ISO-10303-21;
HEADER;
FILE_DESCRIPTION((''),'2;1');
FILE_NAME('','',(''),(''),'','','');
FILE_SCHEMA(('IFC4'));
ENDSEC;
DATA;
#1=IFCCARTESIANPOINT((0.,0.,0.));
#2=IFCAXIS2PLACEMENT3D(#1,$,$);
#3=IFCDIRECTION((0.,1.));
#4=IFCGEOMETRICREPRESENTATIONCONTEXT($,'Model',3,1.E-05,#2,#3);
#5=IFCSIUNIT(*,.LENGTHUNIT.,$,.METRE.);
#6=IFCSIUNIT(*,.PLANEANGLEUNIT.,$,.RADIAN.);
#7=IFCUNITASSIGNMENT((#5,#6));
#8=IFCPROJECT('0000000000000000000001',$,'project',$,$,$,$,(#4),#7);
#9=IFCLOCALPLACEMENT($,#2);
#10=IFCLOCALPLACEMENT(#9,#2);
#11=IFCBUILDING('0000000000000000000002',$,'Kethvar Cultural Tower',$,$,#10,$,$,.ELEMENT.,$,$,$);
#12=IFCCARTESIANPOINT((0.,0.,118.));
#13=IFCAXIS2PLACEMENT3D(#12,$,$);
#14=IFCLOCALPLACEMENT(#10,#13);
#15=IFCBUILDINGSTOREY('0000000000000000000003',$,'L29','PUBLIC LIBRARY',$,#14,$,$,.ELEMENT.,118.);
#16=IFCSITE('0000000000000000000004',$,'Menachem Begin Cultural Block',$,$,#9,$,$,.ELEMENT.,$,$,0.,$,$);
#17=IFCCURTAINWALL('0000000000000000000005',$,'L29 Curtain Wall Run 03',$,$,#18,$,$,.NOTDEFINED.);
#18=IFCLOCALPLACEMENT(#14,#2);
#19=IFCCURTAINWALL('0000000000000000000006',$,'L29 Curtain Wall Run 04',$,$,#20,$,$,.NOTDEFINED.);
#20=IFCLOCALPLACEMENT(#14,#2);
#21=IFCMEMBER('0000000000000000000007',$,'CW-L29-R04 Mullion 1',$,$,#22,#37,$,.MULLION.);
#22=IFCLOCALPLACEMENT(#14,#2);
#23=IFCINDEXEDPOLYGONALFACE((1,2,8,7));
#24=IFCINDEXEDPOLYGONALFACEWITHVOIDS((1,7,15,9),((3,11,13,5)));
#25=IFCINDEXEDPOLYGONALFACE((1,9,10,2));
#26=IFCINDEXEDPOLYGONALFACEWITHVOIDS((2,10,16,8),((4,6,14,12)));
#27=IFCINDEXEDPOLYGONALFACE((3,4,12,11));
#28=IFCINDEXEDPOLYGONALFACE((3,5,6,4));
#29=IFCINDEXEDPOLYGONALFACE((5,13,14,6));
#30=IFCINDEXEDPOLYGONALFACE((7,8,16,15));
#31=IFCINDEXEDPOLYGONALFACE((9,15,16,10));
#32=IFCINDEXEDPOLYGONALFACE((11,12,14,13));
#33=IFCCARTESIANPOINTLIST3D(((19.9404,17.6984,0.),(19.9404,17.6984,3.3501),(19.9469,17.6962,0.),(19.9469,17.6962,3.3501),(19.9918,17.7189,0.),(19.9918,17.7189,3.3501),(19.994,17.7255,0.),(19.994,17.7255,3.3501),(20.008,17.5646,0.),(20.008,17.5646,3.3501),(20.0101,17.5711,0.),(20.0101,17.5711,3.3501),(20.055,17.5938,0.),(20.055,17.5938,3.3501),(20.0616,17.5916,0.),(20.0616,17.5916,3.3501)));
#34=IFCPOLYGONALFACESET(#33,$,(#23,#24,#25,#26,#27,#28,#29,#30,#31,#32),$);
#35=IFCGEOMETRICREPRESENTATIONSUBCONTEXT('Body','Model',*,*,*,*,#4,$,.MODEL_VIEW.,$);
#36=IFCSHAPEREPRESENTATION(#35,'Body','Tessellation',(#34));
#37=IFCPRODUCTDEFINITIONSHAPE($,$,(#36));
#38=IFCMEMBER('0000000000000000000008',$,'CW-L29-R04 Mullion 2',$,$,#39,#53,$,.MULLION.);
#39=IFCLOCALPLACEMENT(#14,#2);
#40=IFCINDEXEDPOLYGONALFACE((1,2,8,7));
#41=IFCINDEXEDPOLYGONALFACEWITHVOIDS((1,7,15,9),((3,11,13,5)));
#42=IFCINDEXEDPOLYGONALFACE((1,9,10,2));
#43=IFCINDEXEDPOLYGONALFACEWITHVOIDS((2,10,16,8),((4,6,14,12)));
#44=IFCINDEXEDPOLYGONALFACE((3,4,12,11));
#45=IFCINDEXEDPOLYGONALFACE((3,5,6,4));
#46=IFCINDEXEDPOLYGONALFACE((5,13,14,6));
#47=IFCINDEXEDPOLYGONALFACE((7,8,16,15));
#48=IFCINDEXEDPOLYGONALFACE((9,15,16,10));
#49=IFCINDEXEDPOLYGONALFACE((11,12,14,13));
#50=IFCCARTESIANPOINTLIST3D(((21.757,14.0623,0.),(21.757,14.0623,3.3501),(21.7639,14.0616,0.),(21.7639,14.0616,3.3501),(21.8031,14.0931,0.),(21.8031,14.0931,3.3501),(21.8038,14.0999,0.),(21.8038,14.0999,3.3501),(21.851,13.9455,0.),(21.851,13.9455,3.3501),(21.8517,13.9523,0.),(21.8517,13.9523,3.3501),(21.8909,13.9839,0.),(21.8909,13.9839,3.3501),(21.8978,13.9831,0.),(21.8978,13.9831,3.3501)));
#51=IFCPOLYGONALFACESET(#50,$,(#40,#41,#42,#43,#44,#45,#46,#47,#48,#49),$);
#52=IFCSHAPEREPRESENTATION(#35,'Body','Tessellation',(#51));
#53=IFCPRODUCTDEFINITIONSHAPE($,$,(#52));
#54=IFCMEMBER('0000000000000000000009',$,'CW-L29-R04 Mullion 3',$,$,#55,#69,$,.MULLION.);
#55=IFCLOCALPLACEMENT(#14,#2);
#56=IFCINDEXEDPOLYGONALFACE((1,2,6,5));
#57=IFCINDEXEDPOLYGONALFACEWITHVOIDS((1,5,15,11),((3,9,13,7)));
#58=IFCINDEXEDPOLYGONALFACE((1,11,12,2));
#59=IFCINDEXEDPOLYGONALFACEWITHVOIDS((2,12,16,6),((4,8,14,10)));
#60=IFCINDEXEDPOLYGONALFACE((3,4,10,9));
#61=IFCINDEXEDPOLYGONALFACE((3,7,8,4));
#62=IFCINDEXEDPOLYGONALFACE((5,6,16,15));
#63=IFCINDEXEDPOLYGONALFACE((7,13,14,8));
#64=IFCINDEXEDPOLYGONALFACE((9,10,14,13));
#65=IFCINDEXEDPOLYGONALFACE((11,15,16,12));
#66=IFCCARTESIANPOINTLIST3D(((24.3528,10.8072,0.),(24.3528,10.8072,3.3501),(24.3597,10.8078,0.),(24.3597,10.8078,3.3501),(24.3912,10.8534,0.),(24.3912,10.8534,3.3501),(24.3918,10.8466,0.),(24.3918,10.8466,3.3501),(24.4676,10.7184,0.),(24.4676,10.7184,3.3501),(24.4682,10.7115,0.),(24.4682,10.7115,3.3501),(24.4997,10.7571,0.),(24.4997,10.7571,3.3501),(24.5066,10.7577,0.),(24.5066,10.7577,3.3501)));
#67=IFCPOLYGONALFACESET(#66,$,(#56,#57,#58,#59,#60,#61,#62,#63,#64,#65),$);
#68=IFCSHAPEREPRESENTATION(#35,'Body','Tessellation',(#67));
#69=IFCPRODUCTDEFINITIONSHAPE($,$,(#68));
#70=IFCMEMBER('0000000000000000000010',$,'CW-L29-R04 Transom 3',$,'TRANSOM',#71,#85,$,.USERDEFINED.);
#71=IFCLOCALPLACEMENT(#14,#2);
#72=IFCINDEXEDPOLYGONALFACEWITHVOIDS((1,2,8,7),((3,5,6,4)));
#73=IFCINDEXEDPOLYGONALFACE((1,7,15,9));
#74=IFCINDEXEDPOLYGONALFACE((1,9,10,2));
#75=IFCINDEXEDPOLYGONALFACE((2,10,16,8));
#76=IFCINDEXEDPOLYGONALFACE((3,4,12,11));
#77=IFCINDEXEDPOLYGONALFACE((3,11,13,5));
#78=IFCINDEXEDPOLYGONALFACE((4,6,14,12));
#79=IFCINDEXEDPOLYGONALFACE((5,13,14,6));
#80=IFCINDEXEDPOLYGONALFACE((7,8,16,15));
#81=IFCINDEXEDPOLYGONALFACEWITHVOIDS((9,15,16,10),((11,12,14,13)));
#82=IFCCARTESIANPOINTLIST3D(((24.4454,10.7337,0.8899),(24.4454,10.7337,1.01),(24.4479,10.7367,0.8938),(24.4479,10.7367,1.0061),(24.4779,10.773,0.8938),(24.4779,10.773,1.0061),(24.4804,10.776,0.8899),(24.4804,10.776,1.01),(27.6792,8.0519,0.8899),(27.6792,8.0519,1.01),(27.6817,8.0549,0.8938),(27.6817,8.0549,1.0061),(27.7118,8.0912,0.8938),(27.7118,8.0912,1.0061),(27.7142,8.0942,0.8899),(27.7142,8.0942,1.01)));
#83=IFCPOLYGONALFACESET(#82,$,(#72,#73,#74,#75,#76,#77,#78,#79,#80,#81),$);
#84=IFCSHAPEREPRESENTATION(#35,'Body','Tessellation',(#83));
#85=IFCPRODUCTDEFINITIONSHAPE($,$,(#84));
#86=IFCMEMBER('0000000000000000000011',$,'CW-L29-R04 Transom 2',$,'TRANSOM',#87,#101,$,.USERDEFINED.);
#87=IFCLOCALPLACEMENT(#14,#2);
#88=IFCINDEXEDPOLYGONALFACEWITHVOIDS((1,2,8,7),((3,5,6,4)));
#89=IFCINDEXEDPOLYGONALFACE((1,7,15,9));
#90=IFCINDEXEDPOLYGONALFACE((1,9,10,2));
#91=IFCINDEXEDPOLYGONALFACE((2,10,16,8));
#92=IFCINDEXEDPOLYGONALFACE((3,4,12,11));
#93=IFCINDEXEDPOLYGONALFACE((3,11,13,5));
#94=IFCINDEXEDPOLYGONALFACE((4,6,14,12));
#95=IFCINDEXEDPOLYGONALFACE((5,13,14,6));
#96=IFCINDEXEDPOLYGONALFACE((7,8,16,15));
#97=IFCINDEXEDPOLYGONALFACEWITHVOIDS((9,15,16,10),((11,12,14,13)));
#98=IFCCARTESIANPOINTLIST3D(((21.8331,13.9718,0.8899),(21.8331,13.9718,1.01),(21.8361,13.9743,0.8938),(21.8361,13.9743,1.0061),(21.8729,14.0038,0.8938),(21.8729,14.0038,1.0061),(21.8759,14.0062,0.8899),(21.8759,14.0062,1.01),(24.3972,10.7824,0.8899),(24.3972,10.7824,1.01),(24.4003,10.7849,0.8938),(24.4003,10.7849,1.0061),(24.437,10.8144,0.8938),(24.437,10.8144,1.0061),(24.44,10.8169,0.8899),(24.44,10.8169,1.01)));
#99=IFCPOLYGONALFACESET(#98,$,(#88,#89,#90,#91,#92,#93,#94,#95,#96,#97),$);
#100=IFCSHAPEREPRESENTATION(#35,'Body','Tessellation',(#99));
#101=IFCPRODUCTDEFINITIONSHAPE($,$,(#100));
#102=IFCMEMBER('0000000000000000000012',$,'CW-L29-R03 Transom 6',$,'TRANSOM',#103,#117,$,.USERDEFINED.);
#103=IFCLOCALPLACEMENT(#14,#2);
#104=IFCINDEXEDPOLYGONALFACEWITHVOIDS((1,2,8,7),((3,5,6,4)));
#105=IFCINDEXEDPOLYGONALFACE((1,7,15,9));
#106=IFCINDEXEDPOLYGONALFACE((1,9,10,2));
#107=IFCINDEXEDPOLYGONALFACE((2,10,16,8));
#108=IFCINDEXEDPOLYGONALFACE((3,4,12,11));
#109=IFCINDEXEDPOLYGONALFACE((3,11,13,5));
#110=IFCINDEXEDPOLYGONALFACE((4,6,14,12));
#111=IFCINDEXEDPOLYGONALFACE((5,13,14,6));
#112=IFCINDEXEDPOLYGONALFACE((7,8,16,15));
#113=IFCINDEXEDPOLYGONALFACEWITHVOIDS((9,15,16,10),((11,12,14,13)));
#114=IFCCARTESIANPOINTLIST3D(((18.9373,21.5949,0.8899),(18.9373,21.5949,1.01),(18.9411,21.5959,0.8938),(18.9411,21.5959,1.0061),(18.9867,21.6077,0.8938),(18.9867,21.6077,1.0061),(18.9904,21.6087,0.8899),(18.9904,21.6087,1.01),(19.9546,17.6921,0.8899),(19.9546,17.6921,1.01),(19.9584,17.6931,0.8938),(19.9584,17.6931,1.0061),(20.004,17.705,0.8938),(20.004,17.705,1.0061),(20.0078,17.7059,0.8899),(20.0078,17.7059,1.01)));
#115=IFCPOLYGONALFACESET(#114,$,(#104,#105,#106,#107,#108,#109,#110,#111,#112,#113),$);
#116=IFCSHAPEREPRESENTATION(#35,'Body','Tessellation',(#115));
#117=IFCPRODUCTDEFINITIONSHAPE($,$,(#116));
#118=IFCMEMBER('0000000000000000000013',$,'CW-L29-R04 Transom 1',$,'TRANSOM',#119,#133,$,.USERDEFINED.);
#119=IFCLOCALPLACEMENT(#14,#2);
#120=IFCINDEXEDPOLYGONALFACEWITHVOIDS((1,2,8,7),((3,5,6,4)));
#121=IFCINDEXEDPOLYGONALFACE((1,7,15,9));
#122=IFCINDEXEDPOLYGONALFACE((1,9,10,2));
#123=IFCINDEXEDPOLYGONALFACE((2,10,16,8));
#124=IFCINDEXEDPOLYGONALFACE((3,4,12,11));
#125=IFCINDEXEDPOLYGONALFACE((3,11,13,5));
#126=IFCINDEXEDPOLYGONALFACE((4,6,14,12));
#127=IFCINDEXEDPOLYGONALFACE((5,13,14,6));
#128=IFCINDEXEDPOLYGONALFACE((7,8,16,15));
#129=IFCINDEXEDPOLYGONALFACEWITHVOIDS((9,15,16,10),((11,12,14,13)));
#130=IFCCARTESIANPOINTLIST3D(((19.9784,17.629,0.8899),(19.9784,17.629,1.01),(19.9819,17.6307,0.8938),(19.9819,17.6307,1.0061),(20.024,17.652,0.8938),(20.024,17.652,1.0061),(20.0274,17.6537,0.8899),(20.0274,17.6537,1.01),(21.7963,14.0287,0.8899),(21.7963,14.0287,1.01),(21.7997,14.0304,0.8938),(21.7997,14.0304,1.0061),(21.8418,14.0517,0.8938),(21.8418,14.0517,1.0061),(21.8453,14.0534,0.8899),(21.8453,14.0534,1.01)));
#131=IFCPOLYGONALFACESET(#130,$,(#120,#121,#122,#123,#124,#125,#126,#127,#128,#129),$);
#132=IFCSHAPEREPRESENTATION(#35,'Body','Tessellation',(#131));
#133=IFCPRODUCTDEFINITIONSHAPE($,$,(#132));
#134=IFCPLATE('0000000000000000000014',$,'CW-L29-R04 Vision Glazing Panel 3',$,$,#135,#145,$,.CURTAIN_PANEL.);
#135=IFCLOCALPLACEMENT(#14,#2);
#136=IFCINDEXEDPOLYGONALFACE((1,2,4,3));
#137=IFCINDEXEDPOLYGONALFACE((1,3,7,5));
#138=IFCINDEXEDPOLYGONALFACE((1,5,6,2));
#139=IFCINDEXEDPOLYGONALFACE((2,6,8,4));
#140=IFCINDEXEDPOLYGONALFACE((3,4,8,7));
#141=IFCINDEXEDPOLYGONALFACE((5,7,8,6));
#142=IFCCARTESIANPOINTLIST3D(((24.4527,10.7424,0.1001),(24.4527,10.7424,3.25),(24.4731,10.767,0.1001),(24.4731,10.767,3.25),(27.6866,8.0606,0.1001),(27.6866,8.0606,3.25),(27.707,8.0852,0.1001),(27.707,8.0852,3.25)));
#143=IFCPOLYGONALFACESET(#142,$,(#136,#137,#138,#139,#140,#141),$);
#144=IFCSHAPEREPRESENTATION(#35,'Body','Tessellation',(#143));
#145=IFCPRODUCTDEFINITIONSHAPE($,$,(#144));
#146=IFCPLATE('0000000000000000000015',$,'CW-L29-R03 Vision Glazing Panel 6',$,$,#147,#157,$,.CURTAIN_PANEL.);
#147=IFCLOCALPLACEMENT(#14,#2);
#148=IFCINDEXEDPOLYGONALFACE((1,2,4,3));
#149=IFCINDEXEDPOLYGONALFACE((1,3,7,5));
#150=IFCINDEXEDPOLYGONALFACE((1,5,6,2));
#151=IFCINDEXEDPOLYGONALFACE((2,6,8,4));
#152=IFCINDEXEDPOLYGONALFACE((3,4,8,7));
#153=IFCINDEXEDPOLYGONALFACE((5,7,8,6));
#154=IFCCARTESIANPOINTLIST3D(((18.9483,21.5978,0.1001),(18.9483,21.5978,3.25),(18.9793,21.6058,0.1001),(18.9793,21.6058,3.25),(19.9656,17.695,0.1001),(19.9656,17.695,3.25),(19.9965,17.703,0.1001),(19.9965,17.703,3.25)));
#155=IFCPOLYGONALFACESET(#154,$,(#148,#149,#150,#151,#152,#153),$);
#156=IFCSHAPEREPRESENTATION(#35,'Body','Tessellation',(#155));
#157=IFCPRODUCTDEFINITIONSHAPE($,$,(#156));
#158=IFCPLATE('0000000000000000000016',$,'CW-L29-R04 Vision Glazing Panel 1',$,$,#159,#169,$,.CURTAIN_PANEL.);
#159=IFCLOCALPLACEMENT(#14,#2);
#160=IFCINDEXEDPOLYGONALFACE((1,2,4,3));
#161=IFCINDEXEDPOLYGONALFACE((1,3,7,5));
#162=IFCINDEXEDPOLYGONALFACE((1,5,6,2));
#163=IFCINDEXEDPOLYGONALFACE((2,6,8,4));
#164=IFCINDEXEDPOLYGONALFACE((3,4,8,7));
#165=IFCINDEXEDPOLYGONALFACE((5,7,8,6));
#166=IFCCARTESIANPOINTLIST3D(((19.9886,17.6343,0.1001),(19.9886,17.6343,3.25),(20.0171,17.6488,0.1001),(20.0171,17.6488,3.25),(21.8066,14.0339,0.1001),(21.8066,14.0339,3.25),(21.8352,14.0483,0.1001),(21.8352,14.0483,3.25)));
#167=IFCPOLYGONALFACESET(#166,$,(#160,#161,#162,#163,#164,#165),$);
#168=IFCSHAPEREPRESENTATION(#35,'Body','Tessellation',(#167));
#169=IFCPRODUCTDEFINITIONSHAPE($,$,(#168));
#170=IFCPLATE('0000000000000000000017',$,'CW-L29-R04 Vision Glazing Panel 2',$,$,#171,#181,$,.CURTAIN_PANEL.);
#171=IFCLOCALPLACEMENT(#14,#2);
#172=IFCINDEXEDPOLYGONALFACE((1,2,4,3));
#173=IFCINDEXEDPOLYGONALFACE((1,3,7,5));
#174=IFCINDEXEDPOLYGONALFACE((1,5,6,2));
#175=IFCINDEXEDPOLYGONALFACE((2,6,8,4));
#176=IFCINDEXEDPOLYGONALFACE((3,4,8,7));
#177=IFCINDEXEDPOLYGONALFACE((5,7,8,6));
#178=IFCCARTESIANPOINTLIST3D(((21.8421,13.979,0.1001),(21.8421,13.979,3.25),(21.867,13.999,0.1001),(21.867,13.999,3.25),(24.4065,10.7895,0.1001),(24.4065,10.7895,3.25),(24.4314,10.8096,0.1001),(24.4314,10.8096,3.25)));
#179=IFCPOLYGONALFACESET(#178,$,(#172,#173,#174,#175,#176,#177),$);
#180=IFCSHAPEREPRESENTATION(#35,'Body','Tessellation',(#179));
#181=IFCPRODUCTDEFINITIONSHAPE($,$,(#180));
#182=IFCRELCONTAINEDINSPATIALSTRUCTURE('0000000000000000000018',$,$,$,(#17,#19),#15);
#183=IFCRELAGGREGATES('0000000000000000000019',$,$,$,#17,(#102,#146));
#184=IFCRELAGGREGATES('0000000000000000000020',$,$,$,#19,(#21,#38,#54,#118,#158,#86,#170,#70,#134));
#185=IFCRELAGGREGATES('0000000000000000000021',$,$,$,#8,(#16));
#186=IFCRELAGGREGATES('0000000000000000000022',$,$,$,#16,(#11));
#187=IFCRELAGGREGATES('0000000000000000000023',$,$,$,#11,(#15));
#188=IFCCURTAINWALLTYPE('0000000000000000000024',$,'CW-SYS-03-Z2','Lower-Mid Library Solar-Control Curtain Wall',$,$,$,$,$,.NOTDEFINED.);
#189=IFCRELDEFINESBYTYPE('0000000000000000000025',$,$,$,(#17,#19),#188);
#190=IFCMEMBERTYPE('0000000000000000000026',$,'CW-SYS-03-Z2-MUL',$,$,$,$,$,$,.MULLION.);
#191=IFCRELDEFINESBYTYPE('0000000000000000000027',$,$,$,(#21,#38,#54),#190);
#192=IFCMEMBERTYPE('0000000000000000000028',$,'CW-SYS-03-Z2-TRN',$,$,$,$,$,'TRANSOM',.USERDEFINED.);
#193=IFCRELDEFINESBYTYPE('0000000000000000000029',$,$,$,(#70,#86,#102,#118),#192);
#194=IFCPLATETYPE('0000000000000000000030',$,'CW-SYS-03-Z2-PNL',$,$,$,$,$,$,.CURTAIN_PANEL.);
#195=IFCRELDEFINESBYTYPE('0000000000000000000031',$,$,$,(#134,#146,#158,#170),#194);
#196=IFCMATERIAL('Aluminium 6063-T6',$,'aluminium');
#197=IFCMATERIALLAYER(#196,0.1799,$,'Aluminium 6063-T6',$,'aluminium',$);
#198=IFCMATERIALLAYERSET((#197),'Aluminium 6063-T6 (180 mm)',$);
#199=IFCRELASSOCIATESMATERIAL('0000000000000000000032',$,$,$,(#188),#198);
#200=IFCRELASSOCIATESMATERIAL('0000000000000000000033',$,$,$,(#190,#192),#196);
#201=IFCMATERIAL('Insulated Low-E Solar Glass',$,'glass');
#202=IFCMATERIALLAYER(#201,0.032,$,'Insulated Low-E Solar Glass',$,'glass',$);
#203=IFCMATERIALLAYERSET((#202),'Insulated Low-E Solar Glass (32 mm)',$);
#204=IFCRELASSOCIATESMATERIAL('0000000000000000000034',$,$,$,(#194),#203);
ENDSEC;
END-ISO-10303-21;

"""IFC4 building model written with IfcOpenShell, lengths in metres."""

from ifc_helpers import new_model, si_unit, direction, frame, origin, origin_2d, place, context, subcontext, project, spatial, rectangle, hollow_rectangle, extrude, source, transform, mapped, material, layer, layer_set, material_profile, profile_set, type_object, element, aggregate, save


model = new_model("IFC4")

# Units and contexts
model_context = context("Model", 3, precision=1e-05, world=origin(), true_north=direction((0.0, 1.0)))
body_context = subcontext(model_context, "Body", "Model", "MODEL_VIEW")
ifc_project = project(units=[si_unit("LENGTHUNIT", "METRE"), si_unit("PLANEANGLEUNIT", "RADIAN")], contexts=[model_context])

# Site, building, storey
site_placement = place(None, origin())
site = spatial("IfcSite", under=ifc_project, at=site_placement, Name="Menachem Begin Cultural Block", CompositionType="ELEMENT", RefElevation=0.0)
building_placement = place(site_placement, origin())
building = spatial("IfcBuilding", under=site, at=building_placement, Name="Kethvar Cultural Tower", CompositionType="ELEMENT")
storey_placement = place(building_placement, frame((0.0, 0.0, 118.0)))
storey = spatial("IfcBuildingStorey", under=building, at=storey_placement, Name="L29", Description="PUBLIC LIBRARY", CompositionType="ELEMENT", Elevation=118.0)

# Curtain walls, members
ifc_material_1 = material(Name="Aluminium 6063-T6", Category="aluminium")
ifc_layer_1 = layer(ifc_material_1, 0.1799, Name="Aluminium 6063-T6", Category="aluminium")
ifc_layer_set_1 = layer_set([ifc_layer_1], Name="Aluminium 6063-T6 (180 mm)")
curtain_wall_type = type_object("IfcCurtainWallType", Name="CW-SYS-03-Z2", Description="Lower-Mid Library Solar-Control Curtain Wall", PredefinedType="NOTDEFINED", material=ifc_layer_set_1)
curtain_wall_1_placement = place(storey_placement, origin())
curtain_wall_1 = element("IfcCurtainWall", 1, at=curtain_wall_1_placement, inside=storey, type_object=curtain_wall_type, Name="L29 Curtain Wall Run 03", PredefinedType="NOTDEFINED")
ifc_material_profile_1 = material_profile(ifc_material_1, hollow_rectangle(XDim=0.0601, YDim=0.1499, WallThickness=0.0049, at=origin_2d()), Name="Aluminium 6063-T6 — RHS150x60x5")
ifc_profile_set_1 = profile_set([ifc_material_profile_1], Name="Aluminium 6063-T6 — RHS150x60x5")
member_type_1 = type_object("IfcMemberType", Name="CW-SYS-03-Z2-MUL", PredefinedType="MULLION", material=ifc_profile_set_1)
shared_shape_1 = source(origin(), body_context, "Body", "SweptSolid", [
    extrude(hollow_rectangle(XDim=0.0601, YDim=0.1499, WallThickness=0.0049, at=origin_2d()), origin(), (0.0, 0.0, 1.0), 3.3501),
])
curtain_wall_2_placement = place(storey_placement, origin())
curtain_wall_2 = element("IfcCurtainWall", 2, at=curtain_wall_2_placement, inside=storey, type_object=curtain_wall_type, Name="L29 Curtain Wall Run 04", PredefinedType="NOTDEFINED")
member_1_placement = place(storey_placement, frame((20.001, 17.645, 0.0), z_axis=(0.0, 0.0, 1.0), x_axis=(0.892657, 0.450737, 0.0)))
member_1 = element("IfcMember", 3, at=member_1_placement, type_object=member_type_1, Name="CW-L29-R04 Mullion 1", PredefinedType="MULLION", context=body_context, shape_type="MappedRepresentation", body=[
    mapped(shared_shape_1, transform((0.0, 0.0, 0.0), scale=1.0)),
])
member_2_placement = place(storey_placement, frame((21.8274, 14.0227, 0.0), z_axis=(0.0, 0.0, 1.0), x_axis=(0.779338, 0.626604, 0.0)))
member_2 = element("IfcMember", 4, at=member_2_placement, type_object=member_type_1, Name="CW-L29-R04 Mullion 2", PredefinedType="MULLION", context=body_context, shape_type="MappedRepresentation", body=[
    mapped(shared_shape_1, transform((0.0, 0.0, 0.0), scale=1.0)),
])
member_3_placement = place(storey_placement, frame((24.4297, 10.7825, 0.0), z_axis=(0.0, 0.0, 1.0), x_axis=(0.638338, 0.769756, 0.0)))
member_3 = element("IfcMember", 5, at=member_3_placement, type_object=member_type_1, Name="CW-L29-R04 Mullion 3", PredefinedType="MULLION", context=body_context, shape_type="MappedRepresentation", body=[
    mapped(shared_shape_1, transform((0.0, 0.0, 0.0), scale=1.0)),
])
ifc_material_profile_2 = material_profile(ifc_material_1, hollow_rectangle(XDim=0.0549, YDim=0.1201, WallThickness=0.0039, at=origin_2d()), Name="Aluminium 6063-T6 — RHS120x55x4")
ifc_profile_set_2 = profile_set([ifc_material_profile_2], Name="Aluminium 6063-T6 — RHS120x55x4")
member_type_2 = type_object("IfcMemberType", Name="CW-SYS-03-Z2-TRN", ElementType="TRANSOM", PredefinedType="USERDEFINED", material=ifc_profile_set_2)
shared_shape_2 = source(origin(), body_context, "Body", "SweptSolid", [
    extrude(hollow_rectangle(XDim=0.0549, YDim=0.1201, WallThickness=0.0039, at=origin_2d()), origin(), (0.0, 0.0, 1.0), 4.2012),
])
member_4_placement = place(storey_placement, frame((24.4629, 10.7549, 0.95), z_axis=(0.769743, -0.638354, 0.0), x_axis=(0.638354, 0.769743, 0.0)))
member_4 = element("IfcMember", 6, at=member_4_placement, type_object=member_type_2, Name="CW-L29-R04 Transom 3", ObjectType="TRANSOM", PredefinedType="USERDEFINED", context=body_context, shape_type="MappedRepresentation", body=[
    mapped(shared_shape_2, transform((0.0, 0.0, 0.0), scale=1.0)),
])
shared_shape_3 = source(origin(), body_context, "Body", "SweptSolid", [
    extrude(hollow_rectangle(XDim=0.0549, YDim=0.1201, WallThickness=0.0039, at=origin_2d()), origin(), (0.0, 0.0, 1.0), 4.0923),
])
member_5_placement = place(storey_placement, frame((21.8545, 13.989, 0.95), z_axis=(0.626578, -0.779359, 0.0), x_axis=(0.779359, 0.626578, 0.0)))
member_5 = element("IfcMember", 7, at=member_5_placement, type_object=member_type_2, Name="CW-L29-R04 Transom 2", ObjectType="TRANSOM", PredefinedType="USERDEFINED", context=body_context, shape_type="MappedRepresentation", body=[
    mapped(shared_shape_3, transform((0.0, 0.0, 0.0), scale=1.0)),
])

# Members
shared_shape_4 = source(origin(), body_context, "Body", "SweptSolid", [
    extrude(hollow_rectangle(XDim=0.0549, YDim=0.1201, WallThickness=0.0039, at=origin_2d()), origin(), (0.0, 0.0, 1.0), 4.0332),
])
member_6_placement = place(storey_placement, frame((18.9639, 21.6018, 0.95), z_axis=(0.252237, -0.967665, 0.0), x_axis=(0.967665, 0.252237, 0.0)))
member_6 = element("IfcMember", 8, at=member_6_placement, type_object=member_type_2, Name="CW-L29-R03 Transom 6", ObjectType="TRANSOM", PredefinedType="USERDEFINED", context=body_context, shape_type="MappedRepresentation", body=[
    mapped(shared_shape_4, transform((0.0, 0.0, 0.0), scale=1.0)),
])
member_7_placement = place(storey_placement, frame((20.0029, 17.6414, 0.95), z_axis=(0.450721, -0.892665, 0.0), x_axis=(0.892665, 0.450721, 0.0)))
member_7 = element("IfcMember", 9, at=member_7_placement, type_object=member_type_2, Name="CW-L29-R04 Transom 1", ObjectType="TRANSOM", PredefinedType="USERDEFINED", context=body_context, shape_type="MappedRepresentation", body=[
    mapped(shared_shape_4, transform((0.0, 0.0, 0.0), scale=1.0)),
])

# Plates
ifc_material_2 = material(Name="Insulated Low-E Solar Glass", Category="glass")
ifc_layer_2 = layer(ifc_material_2, 0.032, Name="Insulated Low-E Solar Glass", Category="glass")
ifc_layer_set_2 = layer_set([ifc_layer_2], Name="Insulated Low-E Solar Glass (32 mm)")
plate_type = type_object("IfcPlateType", Name="CW-SYS-03-Z2-PNL", PredefinedType="CURTAIN_PANEL", material=ifc_layer_set_2)
shared_shape_5 = source(origin(), body_context, "Body", "SweptSolid", [
    extrude(rectangle(XDim=4.2012, YDim=0.032, at=origin_2d()), origin(), (0.0, 0.0, 1.0), 3.1499),
])
plate_1_placement = place(storey_placement, frame((26.0798, 9.4138, 0.1001), z_axis=(0.0, 0.0, 1.0), x_axis=(0.769756, -0.638338, 0.0)))
plate_1 = element("IfcPlate", 10, at=plate_1_placement, type_object=plate_type, Name="CW-L29-R04 Vision Glazing Panel 3", PredefinedType="CURTAIN_PANEL", context=body_context, shape_type="MappedRepresentation", body=[
    mapped(shared_shape_5, transform((0.0, 0.0, 0.0), scale=1.0)),
])
shared_shape_6 = source(origin(), body_context, "Body", "SweptSolid", [
    extrude(rectangle(XDim=4.0332, YDim=0.032, at=origin_2d()), origin(), (0.0, 0.0, 1.0), 3.1499),
])
plate_2_placement = place(storey_placement, frame((19.4724, 19.6504, 0.1001), z_axis=(0.0, 0.0, 1.0), x_axis=(0.252221, -0.96767, 0.0)))
plate_2 = element("IfcPlate", 11, at=plate_2_placement, type_object=plate_type, Name="CW-L29-R03 Vision Glazing Panel 6", PredefinedType="CURTAIN_PANEL", context=body_context, shape_type="MappedRepresentation", body=[
    mapped(shared_shape_6, transform((0.0, 0.0, 0.0), scale=1.0)),
])
aggregate(curtain_wall_1, [member_6, plate_2])
shared_shape_7 = source(origin(), body_context, "Body", "SweptSolid", [
    extrude(rectangle(XDim=4.0334, YDim=0.032, at=origin_2d()), origin(), (0.0, 0.0, 1.0), 3.1499),
])
plate_3_placement = place(storey_placement, frame((20.9119, 15.8413, 0.1001), z_axis=(0.0, 0.0, 1.0), x_axis=(0.450737, -0.892657, 0.0)))
plate_3 = element("IfcPlate", 12, at=plate_3_placement, type_object=plate_type, Name="CW-L29-R04 Vision Glazing Panel 1", PredefinedType="CURTAIN_PANEL", context=body_context, shape_type="MappedRepresentation", body=[
    mapped(shared_shape_7, transform((0.0, 0.0, 0.0), scale=1.0)),
])
shared_shape_8 = source(origin(), body_context, "Body", "SweptSolid", [
    extrude(rectangle(XDim=4.0925, YDim=0.032, at=origin_2d()), origin(), (0.0, 0.0, 1.0), 3.1499),
])
plate_4_placement = place(storey_placement, frame((23.1367, 12.3943, 0.1001), z_axis=(0.0, 0.0, 1.0), x_axis=(0.626604, -0.779338, 0.0)))
plate_4 = element("IfcPlate", 13, at=plate_4_placement, type_object=plate_type, Name="CW-L29-R04 Vision Glazing Panel 2", PredefinedType="CURTAIN_PANEL", context=body_context, shape_type="MappedRepresentation", body=[
    mapped(shared_shape_8, transform((0.0, 0.0, 0.0), scale=1.0)),
])
aggregate(curtain_wall_2, [member_1, member_2, member_3, member_7, plate_3, member_5, plate_4, member_4, plate_1])

save(model, "model.ifc")
